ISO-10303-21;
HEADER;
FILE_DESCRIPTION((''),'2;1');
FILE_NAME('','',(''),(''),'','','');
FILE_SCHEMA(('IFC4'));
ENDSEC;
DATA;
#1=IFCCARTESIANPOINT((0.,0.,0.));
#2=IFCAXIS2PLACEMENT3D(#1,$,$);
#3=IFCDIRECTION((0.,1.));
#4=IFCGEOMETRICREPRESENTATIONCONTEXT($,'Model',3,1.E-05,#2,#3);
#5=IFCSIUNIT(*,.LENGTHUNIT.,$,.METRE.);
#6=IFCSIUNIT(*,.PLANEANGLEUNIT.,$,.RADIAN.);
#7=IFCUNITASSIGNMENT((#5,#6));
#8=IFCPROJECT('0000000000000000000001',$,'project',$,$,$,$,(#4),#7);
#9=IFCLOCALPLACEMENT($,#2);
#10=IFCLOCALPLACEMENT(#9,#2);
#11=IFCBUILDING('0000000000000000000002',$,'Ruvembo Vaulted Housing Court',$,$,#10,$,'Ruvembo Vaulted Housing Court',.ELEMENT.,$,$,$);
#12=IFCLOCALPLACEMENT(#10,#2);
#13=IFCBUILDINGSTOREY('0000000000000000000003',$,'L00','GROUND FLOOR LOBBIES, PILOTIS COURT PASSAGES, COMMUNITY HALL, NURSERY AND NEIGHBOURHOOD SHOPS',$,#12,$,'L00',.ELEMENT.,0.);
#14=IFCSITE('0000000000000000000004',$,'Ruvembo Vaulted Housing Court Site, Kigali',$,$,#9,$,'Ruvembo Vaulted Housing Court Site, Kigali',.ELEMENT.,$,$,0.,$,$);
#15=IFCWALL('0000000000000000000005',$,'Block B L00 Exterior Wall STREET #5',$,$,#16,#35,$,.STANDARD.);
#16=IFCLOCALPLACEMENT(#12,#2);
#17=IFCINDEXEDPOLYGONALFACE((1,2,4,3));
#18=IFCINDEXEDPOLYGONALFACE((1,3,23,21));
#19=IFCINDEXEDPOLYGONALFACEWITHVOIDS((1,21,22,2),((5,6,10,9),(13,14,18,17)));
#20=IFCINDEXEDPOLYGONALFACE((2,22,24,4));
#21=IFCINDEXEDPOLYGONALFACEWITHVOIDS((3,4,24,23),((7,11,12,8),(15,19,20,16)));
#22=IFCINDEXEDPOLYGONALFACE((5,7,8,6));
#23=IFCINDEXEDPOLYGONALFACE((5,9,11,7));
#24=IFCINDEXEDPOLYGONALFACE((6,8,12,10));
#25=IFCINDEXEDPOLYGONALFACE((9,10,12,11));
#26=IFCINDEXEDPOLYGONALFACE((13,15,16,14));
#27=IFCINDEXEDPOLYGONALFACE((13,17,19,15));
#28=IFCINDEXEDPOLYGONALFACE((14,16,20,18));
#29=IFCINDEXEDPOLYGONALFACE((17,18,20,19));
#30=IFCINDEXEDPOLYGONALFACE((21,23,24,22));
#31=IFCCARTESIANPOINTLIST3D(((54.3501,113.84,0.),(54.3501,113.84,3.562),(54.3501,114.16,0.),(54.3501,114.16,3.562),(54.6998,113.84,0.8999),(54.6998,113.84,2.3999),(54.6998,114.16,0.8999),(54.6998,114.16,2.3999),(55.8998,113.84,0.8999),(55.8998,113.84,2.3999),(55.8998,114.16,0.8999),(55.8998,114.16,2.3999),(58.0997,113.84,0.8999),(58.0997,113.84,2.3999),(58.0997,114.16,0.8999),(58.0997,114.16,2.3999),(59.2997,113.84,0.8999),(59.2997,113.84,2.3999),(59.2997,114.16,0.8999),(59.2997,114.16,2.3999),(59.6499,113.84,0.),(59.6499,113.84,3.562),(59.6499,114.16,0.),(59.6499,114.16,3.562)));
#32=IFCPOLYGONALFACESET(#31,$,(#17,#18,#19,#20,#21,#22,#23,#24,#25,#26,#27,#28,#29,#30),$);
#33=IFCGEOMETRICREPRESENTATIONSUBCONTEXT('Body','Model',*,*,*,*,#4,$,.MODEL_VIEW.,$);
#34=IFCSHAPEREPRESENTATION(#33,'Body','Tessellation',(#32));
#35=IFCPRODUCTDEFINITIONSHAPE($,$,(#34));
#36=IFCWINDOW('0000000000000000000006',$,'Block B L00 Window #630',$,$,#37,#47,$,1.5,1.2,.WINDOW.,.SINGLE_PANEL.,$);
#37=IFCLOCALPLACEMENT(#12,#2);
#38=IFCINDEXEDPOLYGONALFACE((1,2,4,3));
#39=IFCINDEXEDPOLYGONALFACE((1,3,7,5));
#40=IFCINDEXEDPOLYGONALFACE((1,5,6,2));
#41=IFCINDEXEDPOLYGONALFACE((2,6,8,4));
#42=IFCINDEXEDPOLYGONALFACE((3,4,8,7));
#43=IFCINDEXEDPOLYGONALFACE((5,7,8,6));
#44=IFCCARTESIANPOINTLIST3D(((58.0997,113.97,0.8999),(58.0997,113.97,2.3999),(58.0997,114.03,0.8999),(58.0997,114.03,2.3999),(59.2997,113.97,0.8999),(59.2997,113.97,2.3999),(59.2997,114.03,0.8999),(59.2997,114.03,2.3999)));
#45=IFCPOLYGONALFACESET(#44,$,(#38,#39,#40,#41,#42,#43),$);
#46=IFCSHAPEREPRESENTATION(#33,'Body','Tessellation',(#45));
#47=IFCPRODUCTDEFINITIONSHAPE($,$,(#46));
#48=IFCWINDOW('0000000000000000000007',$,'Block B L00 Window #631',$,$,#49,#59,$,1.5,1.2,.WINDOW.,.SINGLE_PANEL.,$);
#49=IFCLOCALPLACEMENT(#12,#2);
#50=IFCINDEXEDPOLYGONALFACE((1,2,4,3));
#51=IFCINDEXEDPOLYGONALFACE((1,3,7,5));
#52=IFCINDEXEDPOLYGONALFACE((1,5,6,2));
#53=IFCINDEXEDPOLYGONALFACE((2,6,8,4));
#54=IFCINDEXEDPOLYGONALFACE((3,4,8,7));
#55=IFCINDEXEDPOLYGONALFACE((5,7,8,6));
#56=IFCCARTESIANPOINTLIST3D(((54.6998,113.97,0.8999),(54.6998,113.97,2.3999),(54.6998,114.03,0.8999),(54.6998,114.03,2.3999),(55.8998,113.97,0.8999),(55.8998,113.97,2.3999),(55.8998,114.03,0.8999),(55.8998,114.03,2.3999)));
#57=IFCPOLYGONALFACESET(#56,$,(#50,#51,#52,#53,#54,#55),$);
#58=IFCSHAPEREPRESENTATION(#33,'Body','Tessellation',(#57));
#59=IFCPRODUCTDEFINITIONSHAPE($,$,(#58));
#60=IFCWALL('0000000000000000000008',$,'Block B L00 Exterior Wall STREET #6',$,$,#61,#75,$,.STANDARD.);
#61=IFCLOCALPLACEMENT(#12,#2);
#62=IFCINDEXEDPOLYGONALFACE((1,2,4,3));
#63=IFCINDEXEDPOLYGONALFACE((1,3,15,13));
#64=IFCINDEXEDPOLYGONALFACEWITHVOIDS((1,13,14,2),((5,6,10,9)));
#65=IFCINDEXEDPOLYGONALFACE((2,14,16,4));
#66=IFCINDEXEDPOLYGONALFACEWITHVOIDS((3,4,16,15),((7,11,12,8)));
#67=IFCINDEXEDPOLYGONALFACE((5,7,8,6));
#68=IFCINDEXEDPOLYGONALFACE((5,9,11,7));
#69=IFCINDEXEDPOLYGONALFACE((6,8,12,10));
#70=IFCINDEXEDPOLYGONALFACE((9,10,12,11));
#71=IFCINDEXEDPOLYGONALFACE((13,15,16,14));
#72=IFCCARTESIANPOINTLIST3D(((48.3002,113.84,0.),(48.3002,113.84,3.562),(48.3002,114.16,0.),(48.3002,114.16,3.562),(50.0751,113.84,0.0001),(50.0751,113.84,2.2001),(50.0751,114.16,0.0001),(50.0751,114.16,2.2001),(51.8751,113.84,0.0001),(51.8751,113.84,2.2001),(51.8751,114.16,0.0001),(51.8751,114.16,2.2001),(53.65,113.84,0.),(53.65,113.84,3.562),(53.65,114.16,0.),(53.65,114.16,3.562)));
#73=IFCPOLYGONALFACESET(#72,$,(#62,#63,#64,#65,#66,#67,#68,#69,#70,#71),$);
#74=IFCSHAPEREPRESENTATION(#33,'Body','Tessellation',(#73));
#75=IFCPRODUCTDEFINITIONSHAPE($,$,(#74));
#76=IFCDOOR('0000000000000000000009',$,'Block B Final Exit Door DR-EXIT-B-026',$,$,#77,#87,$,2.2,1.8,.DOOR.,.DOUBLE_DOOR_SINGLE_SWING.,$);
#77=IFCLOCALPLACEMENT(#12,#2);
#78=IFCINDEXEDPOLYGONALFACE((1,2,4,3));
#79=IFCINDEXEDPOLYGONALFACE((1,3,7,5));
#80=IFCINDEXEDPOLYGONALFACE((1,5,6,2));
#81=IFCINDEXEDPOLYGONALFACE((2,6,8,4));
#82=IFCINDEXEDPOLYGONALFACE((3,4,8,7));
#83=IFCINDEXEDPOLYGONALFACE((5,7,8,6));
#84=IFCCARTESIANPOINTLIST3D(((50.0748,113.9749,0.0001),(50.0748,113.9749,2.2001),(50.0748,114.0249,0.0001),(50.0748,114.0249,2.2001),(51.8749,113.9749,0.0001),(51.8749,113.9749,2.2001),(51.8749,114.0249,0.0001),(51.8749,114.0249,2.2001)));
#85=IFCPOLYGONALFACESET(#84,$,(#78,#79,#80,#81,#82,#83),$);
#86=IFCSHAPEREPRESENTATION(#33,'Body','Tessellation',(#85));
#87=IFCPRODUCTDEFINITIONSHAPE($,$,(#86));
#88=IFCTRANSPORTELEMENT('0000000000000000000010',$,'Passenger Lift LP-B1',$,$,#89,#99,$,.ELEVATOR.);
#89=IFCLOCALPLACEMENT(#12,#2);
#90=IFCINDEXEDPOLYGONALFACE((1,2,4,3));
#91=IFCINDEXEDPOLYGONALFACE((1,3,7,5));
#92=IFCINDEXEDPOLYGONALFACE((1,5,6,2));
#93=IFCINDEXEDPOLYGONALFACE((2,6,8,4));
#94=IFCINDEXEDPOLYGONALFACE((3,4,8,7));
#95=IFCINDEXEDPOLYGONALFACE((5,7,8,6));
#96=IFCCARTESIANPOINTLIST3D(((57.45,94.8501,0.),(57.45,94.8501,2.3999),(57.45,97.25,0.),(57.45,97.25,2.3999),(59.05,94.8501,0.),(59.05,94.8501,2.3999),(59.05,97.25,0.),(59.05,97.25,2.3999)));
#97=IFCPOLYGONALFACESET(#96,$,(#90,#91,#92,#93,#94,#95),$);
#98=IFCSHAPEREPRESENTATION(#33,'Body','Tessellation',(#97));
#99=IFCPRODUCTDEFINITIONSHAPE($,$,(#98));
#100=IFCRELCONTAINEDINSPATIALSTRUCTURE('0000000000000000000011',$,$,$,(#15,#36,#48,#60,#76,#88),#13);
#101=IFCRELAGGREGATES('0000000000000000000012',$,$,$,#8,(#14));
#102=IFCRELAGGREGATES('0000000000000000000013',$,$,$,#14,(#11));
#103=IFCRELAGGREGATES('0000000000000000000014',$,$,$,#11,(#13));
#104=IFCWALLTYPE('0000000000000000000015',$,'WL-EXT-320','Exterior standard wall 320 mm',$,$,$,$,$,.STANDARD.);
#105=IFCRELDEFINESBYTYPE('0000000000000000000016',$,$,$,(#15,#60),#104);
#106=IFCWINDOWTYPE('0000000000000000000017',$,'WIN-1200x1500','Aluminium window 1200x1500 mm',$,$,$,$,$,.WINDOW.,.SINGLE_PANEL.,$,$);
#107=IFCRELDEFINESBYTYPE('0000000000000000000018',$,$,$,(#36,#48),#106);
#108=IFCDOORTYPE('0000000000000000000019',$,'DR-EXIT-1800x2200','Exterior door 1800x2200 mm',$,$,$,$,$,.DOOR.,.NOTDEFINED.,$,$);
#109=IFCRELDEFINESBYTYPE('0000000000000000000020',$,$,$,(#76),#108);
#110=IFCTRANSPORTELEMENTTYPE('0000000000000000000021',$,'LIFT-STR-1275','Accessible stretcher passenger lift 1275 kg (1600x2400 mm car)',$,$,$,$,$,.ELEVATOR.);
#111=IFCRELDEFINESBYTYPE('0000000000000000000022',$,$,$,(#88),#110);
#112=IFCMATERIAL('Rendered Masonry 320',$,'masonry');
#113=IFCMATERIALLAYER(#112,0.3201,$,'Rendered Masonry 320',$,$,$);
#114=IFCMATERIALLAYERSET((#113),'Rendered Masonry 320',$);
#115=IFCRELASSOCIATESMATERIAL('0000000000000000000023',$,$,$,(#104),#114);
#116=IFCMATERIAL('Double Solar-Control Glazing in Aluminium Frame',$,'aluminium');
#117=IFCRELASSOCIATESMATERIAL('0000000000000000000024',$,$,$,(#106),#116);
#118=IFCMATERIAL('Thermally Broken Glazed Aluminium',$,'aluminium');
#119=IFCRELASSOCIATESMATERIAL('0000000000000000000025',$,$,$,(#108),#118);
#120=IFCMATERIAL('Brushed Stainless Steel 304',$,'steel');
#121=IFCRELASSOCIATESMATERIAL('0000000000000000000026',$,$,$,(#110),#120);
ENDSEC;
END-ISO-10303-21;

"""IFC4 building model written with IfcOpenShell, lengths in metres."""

from ifc_helpers import new_model, si_unit, direction, frame, frame_2d, origin, origin_2d, place, context, subcontext, project, spatial, rectangle, extrude, material, layer, layer_set, type_object, element, fill, save


model = new_model("IFC4")

# Units and contexts
model_context = context("Model", 3, precision=1e-05, world=origin(), true_north=direction((0.0, 1.0)))
body_context = subcontext(model_context, "Body", "Model", "MODEL_VIEW")
ifc_project = project(units=[si_unit("LENGTHUNIT", "METRE"), si_unit("PLANEANGLEUNIT", "RADIAN")], contexts=[model_context])

# Site, building, storey
site_placement = place(None, origin())
site = spatial("IfcSite", under=ifc_project, at=site_placement, Name="Ruvembo Vaulted Housing Court Site, Kigali", LongName="Ruvembo Vaulted Housing Court Site, Kigali", CompositionType="ELEMENT", RefElevation=0.0)
building_placement = place(site_placement, origin())
building = spatial("IfcBuilding", under=site, at=building_placement, Name="Ruvembo Vaulted Housing Court", LongName="Ruvembo Vaulted Housing Court", CompositionType="ELEMENT")
storey_placement = place(building_placement, origin())
storey = spatial("IfcBuildingStorey", under=building, at=storey_placement, Name="L00", Description="GROUND FLOOR LOBBIES, PILOTIS COURT PASSAGES, COMMUNITY HALL, NURSERY AND NEIGHBOURHOOD SHOPS", LongName="L00", CompositionType="ELEMENT", Elevation=0.0)

# Wall, openings, windows
ifc_material_1 = material(Name="Rendered Masonry 320", Category="masonry")
ifc_layer = layer(ifc_material_1, 0.3201, Name="Rendered Masonry 320")
ifc_layer_set = layer_set([ifc_layer], Name="Rendered Masonry 320")
wall_type = type_object("IfcWallType", Name="WL-EXT-320", Description="Exterior standard wall 320 mm", PredefinedType="STANDARD", material=ifc_layer_set)
wall_1_placement = place(storey_placement, frame((59.6499, 114.0, 0.0), z_axis=(0.0, 0.0, 1.0), x_axis=(-1.0, 0.0, 0.0)))
wall_1 = element("IfcWall", 1, at=wall_1_placement, inside=storey, type_object=wall_type, Name="Block B L00 Exterior Wall STREET #5", PredefinedType="STANDARD", context=body_context, shape_type="SweptSolid", body=[
    extrude(rectangle(XDim=5.2998, YDim=0.3201, at=frame_2d((2.6499, 0.0))), origin(), (0.0, 0.0, 1.0), 3.562),
])
opening_1_placement = place(wall_1_placement, frame((0.3501, 0.0, 0.8999)))
opening_1 = element("IfcOpeningElement", 2, at=opening_1_placement, cuts=wall_1, PredefinedType="OPENING", context=body_context, shape_type="SweptSolid", body=[
    extrude(rectangle(XDim=1.2, YDim=1.5, at=frame_2d((0.6001, 0.75))), frame((0.0, 0.1699, 0.0), z_axis=(0.0, -1.0, 0.0), x_axis=(1.0, 0.0, 0.0)), (0.0, 0.0, 1.0), 0.3401),
])
opening_2_placement = place(wall_1_placement, frame((3.75, 0.0, 0.8999)))
opening_2 = element("IfcOpeningElement", 3, at=opening_2_placement, cuts=wall_1, PredefinedType="OPENING", context=body_context, shape_type="SweptSolid", body=[
    extrude(rectangle(XDim=1.2, YDim=1.5, at=frame_2d((0.6001, 0.75))), frame((0.0, 0.1699, 0.0), z_axis=(0.0, -1.0, 0.0), x_axis=(1.0, 0.0, 0.0)), (0.0, 0.0, 1.0), 0.3401),
])
ifc_material_2 = material(Name="Double Solar-Control Glazing in Aluminium Frame", Category="aluminium")
window_type = type_object("IfcWindowType", Name="WIN-1200x1500", Description="Aluminium window 1200x1500 mm", PartitioningType="SINGLE_PANEL", PredefinedType="WINDOW", material=ifc_material_2)
window_1_placement = place(opening_1_placement, origin())
window_1 = element("IfcWindow", 4, at=window_1_placement, inside=storey, type_object=window_type, Name="Block B L00 Window #630", OverallHeight=1.5, OverallWidth=1.2, PartitioningType="SINGLE_PANEL", PredefinedType="WINDOW", context=body_context, shape_type="SweptSolid", body=[
    extrude(rectangle(XDim=1.2, YDim=1.5, at=frame_2d((0.6001, 0.75))), frame((0.0, 0.03, 0.0), z_axis=(0.0, -1.0, 0.0), x_axis=(1.0, 0.0, 0.0)), (0.0, 0.0, 1.0), 0.0601),
])
fill(opening_1, window_1)
window_2_placement = place(opening_2_placement, origin())
window_2 = element("IfcWindow", 5, at=window_2_placement, inside=storey, type_object=window_type, Name="Block B L00 Window #631", OverallHeight=1.5, OverallWidth=1.2, PartitioningType="SINGLE_PANEL", PredefinedType="WINDOW", context=body_context, shape_type="SweptSolid", body=[
    extrude(rectangle(XDim=1.2, YDim=1.5, at=frame_2d((0.6001, 0.75))), frame((0.0, 0.03, 0.0), z_axis=(0.0, -1.0, 0.0), x_axis=(1.0, 0.0, 0.0)), (0.0, 0.0, 1.0), 0.0601),
])
fill(opening_2, window_2)

# Wall, opening, door
wall_2_placement = place(storey_placement, frame((53.6499, 114.0, 0.0), z_axis=(0.0, 0.0, 1.0), x_axis=(-1.0, 0.0, 0.0)))
wall_2 = element("IfcWall", 6, at=wall_2_placement, inside=storey, type_object=wall_type, Name="Block B L00 Exterior Wall STREET #6", PredefinedType="STANDARD", context=body_context, shape_type="SweptSolid", body=[
    extrude(rectangle(XDim=5.3499, YDim=0.3201, at=frame_2d((2.6748, 0.0))), origin(), (0.0, 0.0, 1.0), 3.562),
])
opening_3_placement = place(wall_2_placement, frame((1.7749, 0.0, 0.0)))
opening_3 = element("IfcOpeningElement", 7, at=opening_3_placement, cuts=wall_2, PredefinedType="OPENING", context=body_context, shape_type="SweptSolid", body=[
    extrude(rectangle(XDim=1.8, YDim=2.2, at=frame_2d((0.8999, 1.1001))), frame((0.0, 0.1699, 0.0), z_axis=(0.0, -1.0, 0.0), x_axis=(1.0, 0.0, 0.0)), (0.0, 0.0, 1.0), 0.3401),
])
ifc_material_3 = material(Name="Thermally Broken Glazed Aluminium", Category="aluminium")
door_type = type_object("IfcDoorType", Name="DR-EXIT-1800x2200", Description="Exterior door 1800x2200 mm", OperationType="NOTDEFINED", PredefinedType="DOOR", material=ifc_material_3)
door_placement = place(opening_3_placement, frame((1.8, 0.0, 0.0), z_axis=(0.0, 0.0, 1.0), x_axis=(-1.0, 0.0, 0.0)))
door = element("IfcDoor", 8, at=door_placement, inside=storey, type_object=door_type, Name="Block B Final Exit Door DR-EXIT-B-026", OperationType="DOUBLE_DOOR_SINGLE_SWING", OverallHeight=2.2, OverallWidth=1.8, PredefinedType="DOOR", context=body_context, shape_type="SweptSolid", body=[
    extrude(rectangle(XDim=1.8, YDim=2.2, at=frame_2d((0.8999, 1.1001))), frame((0.0, 0.0249, 0.0), z_axis=(0.0, -1.0, 0.0), x_axis=(1.0, 0.0, 0.0)), (0.0, 0.0, 1.0), 0.05),
])
fill(opening_3, door)

# Transport element
ifc_material_4 = material(Name="Brushed Stainless Steel 304", Category="steel")
transport_element_type = type_object("IfcTransportElementType", Name="LIFT-STR-1275", Description="Accessible stretcher passenger lift 1275 kg (1600x2400 mm car)", PredefinedType="ELEVATOR", material=ifc_material_4)
transport_element_placement = place(storey_placement, frame((58.25, 96.05, 0.0), z_axis=(0.0, 0.0, 1.0), x_axis=(1.0, 0.0, 0.0)))
element("IfcTransportElement", 9, at=transport_element_placement, inside=storey, type_object=transport_element_type, Name="Passenger Lift LP-B1", PredefinedType="ELEVATOR", context=body_context, shape_type="SweptSolid", body=[
    extrude(rectangle(XDim=1.6001, YDim=2.3999, at=origin_2d()), origin(), (0.0, 0.0, 1.0), 2.3999),
])

save(model, "model.ifc")
